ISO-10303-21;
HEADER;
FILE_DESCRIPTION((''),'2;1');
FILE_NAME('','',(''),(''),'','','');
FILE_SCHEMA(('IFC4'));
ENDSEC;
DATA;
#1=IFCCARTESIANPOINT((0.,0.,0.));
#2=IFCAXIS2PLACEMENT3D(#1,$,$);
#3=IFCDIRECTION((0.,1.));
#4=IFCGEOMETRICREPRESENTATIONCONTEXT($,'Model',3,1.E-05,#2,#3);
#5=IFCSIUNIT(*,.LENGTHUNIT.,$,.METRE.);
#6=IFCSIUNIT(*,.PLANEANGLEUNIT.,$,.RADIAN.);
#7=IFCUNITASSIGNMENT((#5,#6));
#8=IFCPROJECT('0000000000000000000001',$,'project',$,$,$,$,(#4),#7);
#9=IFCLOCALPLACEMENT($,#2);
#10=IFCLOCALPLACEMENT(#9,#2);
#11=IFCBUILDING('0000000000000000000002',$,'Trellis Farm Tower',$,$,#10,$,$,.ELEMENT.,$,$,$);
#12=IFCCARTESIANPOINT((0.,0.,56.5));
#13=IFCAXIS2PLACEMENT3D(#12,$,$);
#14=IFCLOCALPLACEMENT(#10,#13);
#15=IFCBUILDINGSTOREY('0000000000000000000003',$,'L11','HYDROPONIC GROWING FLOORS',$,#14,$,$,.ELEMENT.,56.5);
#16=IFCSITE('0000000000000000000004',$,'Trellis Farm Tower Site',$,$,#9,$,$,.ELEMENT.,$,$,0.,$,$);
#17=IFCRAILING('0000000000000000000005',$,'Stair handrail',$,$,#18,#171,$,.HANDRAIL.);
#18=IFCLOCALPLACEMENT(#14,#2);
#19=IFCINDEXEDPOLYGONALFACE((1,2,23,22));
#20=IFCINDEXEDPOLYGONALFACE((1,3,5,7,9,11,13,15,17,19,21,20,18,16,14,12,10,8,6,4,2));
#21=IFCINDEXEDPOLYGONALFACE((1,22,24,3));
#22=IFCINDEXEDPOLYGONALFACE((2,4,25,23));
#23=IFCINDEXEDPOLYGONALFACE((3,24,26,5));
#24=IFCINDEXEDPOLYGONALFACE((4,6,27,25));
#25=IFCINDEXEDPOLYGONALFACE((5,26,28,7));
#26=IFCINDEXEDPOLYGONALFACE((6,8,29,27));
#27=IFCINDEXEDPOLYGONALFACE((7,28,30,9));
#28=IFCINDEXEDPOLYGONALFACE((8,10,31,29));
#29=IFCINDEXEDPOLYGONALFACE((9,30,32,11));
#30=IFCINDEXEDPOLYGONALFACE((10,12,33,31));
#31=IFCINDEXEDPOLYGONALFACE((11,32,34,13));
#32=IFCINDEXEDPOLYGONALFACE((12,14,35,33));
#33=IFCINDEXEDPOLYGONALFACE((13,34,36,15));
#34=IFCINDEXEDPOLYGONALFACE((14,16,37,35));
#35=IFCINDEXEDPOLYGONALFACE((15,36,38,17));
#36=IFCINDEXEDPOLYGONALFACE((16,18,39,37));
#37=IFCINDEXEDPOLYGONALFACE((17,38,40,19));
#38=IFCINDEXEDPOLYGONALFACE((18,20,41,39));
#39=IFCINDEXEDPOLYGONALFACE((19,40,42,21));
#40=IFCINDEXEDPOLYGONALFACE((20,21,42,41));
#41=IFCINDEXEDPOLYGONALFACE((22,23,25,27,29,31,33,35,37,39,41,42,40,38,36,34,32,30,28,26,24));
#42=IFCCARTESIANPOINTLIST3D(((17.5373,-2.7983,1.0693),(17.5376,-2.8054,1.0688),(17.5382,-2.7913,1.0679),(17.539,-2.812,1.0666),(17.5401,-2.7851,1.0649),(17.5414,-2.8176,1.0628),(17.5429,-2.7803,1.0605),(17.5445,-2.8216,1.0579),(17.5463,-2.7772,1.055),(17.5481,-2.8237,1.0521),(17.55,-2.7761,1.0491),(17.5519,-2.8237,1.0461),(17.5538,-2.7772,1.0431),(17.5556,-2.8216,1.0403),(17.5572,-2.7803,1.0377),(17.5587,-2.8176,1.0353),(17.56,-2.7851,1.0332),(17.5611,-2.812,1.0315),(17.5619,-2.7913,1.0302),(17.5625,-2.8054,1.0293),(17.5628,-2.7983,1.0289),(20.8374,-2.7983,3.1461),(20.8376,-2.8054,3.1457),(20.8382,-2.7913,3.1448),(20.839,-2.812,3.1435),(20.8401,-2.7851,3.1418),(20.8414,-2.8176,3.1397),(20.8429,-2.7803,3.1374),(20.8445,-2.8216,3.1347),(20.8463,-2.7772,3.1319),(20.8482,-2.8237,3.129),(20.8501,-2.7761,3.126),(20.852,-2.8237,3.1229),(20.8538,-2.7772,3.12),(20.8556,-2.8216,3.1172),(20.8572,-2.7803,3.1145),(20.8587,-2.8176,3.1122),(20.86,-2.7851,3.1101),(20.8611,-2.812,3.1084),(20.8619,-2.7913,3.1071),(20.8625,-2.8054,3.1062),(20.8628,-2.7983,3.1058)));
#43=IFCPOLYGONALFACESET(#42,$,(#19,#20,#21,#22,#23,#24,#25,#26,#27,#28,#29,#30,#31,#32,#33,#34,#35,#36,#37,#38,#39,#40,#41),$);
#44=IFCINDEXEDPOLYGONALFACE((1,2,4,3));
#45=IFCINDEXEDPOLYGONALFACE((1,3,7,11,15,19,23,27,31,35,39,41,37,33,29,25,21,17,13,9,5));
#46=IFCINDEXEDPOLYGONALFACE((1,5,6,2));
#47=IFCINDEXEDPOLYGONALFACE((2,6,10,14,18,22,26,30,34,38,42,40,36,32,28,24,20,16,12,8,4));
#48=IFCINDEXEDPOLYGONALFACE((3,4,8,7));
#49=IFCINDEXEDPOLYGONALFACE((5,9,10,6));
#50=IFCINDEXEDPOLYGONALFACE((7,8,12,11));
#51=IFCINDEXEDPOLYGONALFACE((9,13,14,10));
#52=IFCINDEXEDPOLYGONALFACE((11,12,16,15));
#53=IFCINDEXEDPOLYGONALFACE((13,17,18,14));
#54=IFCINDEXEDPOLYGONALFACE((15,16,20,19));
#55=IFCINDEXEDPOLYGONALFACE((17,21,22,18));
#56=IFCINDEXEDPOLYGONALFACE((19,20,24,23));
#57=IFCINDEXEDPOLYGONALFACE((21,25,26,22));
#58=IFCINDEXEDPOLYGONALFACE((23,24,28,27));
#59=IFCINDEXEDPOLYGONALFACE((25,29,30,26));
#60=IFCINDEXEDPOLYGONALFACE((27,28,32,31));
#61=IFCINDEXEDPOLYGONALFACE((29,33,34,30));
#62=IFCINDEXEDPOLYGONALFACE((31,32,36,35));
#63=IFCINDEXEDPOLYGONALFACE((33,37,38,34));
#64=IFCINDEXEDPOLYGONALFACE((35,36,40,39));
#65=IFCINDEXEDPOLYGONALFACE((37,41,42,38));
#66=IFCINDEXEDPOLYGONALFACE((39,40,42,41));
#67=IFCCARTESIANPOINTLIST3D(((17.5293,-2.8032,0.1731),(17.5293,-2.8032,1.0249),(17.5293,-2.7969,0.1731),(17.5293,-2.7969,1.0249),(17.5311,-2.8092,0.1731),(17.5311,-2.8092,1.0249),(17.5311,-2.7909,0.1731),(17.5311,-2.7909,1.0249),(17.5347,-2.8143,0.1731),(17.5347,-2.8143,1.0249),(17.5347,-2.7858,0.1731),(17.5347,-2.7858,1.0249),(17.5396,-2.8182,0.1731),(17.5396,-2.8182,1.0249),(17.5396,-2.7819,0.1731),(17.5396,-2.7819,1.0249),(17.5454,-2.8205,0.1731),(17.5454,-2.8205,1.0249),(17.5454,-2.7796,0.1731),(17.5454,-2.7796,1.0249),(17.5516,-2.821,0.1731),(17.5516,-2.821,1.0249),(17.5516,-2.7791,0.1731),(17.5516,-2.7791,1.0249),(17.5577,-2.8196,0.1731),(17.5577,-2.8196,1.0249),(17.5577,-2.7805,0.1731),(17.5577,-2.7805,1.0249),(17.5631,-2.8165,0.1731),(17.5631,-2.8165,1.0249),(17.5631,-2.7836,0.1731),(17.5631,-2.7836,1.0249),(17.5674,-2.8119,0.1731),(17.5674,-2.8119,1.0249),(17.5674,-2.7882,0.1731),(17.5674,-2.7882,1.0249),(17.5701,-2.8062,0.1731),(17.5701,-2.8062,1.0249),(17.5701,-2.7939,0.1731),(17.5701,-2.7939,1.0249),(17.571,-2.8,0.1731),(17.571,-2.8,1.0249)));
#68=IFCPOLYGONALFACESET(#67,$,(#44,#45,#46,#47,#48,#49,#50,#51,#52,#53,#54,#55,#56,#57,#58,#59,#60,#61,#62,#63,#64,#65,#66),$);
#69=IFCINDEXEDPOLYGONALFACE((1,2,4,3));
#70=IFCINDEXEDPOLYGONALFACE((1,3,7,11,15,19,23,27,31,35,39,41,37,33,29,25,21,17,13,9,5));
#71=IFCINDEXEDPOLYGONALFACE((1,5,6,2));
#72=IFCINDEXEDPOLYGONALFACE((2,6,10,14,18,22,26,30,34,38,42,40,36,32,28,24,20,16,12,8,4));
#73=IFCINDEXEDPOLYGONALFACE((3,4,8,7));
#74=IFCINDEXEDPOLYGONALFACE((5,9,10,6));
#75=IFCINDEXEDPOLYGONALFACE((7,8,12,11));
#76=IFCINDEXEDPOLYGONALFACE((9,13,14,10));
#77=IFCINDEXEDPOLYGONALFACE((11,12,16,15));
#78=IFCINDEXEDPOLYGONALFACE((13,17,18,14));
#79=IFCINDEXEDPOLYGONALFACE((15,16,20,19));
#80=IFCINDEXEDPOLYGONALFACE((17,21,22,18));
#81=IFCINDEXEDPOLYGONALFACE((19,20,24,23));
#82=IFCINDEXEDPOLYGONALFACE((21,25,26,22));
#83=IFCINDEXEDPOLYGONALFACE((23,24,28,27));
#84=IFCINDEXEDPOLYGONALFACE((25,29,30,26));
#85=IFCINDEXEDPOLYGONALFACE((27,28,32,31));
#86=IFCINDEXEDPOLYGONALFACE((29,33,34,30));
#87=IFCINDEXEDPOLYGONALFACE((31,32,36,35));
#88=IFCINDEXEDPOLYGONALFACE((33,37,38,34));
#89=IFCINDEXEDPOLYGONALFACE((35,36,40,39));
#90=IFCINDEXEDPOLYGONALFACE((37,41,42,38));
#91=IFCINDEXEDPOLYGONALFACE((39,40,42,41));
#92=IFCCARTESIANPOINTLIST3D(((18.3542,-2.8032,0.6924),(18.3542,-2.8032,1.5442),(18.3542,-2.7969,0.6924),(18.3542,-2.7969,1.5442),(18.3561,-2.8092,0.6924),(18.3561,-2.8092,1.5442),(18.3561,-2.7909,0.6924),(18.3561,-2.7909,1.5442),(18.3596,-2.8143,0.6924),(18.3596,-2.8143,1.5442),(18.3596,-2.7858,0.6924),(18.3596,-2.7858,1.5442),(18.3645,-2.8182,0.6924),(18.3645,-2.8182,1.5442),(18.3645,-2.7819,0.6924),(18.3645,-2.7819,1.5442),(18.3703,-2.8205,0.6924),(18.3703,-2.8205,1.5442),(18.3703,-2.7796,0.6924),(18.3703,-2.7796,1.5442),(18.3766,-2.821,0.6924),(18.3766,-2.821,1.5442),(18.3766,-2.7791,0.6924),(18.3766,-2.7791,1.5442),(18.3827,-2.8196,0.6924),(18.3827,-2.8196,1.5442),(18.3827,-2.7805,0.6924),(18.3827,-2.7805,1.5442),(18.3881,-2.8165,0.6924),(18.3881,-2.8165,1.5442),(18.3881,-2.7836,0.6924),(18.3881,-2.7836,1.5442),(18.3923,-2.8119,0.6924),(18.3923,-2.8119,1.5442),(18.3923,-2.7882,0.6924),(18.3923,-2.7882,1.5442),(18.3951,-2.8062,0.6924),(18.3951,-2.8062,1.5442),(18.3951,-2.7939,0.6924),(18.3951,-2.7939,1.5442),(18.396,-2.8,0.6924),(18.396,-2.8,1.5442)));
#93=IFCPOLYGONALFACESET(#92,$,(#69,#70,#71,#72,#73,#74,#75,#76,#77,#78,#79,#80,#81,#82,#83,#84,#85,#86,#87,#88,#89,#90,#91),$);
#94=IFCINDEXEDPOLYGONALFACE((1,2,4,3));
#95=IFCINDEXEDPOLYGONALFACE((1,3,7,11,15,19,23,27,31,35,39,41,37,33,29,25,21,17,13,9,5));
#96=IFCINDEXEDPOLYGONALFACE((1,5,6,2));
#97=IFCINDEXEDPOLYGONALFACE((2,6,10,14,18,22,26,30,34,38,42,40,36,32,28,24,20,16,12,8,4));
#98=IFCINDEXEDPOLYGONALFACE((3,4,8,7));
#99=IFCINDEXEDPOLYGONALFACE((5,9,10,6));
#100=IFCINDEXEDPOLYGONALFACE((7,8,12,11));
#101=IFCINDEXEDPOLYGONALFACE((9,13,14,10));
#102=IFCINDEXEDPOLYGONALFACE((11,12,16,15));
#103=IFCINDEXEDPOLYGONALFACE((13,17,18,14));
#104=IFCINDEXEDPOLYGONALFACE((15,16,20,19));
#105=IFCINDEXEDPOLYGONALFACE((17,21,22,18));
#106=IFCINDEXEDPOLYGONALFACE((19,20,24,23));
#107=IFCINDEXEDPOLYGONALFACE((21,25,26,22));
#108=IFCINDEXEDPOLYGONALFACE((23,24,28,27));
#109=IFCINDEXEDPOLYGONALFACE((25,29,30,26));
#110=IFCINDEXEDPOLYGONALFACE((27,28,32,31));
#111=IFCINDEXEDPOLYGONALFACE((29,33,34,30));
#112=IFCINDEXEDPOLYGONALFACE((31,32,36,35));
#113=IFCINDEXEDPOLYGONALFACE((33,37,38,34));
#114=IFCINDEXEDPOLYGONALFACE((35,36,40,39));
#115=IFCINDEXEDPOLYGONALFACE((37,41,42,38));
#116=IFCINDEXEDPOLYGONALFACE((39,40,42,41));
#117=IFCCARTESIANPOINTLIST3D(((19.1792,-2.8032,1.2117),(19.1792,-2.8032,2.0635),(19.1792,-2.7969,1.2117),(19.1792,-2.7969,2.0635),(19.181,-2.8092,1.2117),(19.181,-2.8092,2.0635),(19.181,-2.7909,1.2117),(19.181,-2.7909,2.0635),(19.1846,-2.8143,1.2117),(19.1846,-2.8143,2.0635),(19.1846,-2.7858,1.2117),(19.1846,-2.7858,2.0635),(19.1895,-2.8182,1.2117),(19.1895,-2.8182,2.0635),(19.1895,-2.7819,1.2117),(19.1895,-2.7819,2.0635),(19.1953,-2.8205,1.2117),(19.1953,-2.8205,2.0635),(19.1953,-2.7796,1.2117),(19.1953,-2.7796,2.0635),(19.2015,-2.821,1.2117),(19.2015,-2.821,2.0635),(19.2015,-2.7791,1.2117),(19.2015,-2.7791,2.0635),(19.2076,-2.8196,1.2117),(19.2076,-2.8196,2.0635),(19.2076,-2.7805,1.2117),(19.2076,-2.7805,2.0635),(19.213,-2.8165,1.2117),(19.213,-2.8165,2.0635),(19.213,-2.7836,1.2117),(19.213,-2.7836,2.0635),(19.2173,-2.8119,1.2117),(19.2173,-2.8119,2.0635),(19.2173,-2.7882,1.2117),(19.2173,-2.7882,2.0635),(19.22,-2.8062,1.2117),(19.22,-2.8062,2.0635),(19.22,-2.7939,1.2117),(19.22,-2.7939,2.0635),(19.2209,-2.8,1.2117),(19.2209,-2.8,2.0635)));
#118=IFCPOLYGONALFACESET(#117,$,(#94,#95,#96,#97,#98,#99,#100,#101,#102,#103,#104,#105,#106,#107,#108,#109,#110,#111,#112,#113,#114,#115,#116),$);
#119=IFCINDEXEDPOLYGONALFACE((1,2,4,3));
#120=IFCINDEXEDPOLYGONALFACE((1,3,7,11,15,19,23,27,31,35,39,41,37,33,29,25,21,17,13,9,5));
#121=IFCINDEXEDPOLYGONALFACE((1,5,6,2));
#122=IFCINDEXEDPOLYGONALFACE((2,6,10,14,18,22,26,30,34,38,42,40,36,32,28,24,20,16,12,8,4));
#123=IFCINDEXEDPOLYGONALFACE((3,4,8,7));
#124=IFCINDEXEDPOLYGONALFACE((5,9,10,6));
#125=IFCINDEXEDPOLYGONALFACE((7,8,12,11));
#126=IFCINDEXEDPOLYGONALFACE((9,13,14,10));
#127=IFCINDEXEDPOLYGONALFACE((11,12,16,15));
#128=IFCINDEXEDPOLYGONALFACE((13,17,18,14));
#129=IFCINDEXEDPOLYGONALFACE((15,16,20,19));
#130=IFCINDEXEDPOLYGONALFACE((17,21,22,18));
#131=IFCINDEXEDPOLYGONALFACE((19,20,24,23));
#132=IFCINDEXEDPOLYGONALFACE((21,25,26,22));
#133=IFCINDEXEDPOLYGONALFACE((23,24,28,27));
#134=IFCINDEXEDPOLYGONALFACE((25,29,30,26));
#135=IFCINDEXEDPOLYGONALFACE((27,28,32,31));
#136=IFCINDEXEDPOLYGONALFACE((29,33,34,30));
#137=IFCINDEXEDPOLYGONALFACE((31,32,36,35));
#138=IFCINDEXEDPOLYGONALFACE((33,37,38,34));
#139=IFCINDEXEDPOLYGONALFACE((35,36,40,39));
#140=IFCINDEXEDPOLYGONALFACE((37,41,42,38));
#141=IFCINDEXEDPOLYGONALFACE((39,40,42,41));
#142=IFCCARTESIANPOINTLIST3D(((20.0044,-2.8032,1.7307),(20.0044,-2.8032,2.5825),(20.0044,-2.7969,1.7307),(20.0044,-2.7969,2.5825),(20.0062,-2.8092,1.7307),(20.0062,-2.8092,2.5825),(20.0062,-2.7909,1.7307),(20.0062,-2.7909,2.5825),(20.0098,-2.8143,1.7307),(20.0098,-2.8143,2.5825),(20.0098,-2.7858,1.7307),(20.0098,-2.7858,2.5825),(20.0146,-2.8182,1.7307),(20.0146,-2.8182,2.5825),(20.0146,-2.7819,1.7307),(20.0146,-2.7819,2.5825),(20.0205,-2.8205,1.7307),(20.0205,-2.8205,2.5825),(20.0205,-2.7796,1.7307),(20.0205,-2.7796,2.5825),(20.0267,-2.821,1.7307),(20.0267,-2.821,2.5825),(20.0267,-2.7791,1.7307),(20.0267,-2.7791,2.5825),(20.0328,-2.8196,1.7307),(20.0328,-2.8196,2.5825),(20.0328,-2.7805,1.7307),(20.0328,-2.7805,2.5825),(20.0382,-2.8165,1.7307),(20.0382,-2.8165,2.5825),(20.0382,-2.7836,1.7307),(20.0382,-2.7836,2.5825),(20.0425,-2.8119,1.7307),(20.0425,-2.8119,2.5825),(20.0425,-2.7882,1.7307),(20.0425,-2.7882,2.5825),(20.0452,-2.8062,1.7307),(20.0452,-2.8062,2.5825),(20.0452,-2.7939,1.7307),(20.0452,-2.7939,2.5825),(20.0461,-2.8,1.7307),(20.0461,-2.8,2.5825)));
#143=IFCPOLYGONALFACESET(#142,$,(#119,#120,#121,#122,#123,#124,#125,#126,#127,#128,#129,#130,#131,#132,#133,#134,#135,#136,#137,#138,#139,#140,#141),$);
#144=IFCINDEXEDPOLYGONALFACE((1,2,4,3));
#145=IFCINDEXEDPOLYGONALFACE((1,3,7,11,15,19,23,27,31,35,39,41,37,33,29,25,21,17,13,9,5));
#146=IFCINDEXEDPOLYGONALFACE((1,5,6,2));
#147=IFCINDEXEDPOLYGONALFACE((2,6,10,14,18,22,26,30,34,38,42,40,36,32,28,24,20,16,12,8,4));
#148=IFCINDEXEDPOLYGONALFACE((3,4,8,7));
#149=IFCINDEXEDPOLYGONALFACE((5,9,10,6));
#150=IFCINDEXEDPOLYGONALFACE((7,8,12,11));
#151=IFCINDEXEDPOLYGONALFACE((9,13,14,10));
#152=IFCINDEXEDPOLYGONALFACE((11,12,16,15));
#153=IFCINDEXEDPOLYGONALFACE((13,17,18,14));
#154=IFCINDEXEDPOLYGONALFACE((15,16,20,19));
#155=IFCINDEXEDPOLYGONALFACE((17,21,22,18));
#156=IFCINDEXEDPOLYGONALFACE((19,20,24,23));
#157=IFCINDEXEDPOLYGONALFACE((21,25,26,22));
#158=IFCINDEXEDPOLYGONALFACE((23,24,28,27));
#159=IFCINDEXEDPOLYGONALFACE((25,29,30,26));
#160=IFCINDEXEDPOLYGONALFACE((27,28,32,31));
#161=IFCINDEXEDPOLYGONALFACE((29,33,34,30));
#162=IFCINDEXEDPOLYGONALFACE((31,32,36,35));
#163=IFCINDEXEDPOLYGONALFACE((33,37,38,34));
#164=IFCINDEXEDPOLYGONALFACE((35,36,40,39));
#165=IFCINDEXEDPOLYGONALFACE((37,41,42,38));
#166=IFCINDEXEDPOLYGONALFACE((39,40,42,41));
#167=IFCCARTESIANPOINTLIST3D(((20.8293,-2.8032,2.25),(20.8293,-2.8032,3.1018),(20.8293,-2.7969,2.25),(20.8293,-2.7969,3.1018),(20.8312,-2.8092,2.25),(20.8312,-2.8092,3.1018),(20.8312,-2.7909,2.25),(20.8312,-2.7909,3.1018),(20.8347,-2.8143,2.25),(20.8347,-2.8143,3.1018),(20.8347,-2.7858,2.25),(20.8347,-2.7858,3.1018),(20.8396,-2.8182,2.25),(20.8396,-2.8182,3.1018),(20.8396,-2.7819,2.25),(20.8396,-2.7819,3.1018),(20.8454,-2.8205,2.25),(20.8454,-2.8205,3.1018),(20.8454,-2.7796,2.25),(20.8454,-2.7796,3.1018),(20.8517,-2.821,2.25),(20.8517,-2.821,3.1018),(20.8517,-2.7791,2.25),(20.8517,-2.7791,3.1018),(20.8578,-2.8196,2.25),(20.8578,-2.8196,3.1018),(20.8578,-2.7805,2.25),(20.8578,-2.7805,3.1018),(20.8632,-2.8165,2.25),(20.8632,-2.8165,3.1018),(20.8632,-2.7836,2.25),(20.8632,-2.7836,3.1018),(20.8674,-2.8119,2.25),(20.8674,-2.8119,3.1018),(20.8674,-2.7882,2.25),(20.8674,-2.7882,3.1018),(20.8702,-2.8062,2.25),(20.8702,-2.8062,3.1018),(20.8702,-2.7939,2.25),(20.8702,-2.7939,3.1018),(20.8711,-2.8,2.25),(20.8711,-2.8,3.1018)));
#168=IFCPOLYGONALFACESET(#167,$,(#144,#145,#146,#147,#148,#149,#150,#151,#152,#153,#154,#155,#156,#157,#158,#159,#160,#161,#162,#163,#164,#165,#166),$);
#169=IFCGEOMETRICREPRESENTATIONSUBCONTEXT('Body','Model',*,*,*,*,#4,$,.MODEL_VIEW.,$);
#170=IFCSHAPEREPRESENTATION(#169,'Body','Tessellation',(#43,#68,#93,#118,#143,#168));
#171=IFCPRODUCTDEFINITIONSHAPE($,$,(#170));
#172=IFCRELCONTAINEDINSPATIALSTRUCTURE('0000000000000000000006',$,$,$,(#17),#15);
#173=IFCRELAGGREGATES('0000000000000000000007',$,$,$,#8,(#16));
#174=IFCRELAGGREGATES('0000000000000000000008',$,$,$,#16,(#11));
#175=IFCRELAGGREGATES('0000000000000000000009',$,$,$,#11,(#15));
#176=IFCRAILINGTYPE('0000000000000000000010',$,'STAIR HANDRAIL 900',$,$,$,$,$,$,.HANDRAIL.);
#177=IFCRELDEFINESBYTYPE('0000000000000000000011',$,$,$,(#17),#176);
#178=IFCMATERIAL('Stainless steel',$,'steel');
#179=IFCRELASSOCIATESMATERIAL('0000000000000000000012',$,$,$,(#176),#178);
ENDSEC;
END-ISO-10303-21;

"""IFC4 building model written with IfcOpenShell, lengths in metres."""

from ifc_helpers import new_model, si_unit, direction, frame, origin, origin_2d, place, context, subcontext, project, spatial, circle, extrude, source, transform, mapped, material, type_object, element, save


model = new_model("IFC4")

# Units and contexts
model_context = context("Model", 3, precision=1e-05, world=origin(), true_north=direction((0.0, 1.0)))
body_context = subcontext(model_context, "Body", "Model", "MODEL_VIEW")
ifc_project = project(units=[si_unit("LENGTHUNIT", "METRE"), si_unit("PLANEANGLEUNIT", "RADIAN")], contexts=[model_context])

# Site, building, storey
site_placement = place(None, origin())
site = spatial("IfcSite", under=ifc_project, at=site_placement, Name="Trellis Farm Tower Site", CompositionType="ELEMENT", RefElevation=0.0)
building_placement = place(site_placement, origin())
building = spatial("IfcBuilding", under=site, at=building_placement, Name="Trellis Farm Tower", CompositionType="ELEMENT")
storey_placement = place(building_placement, frame((0.0, 0.0, 56.5)))
storey = spatial("IfcBuildingStorey", under=building, at=storey_placement, Name="L11", Description="HYDROPONIC GROWING FLOORS", CompositionType="ELEMENT", Elevation=56.5)

# Shared definitions
ifc_material_1 = material(Name="Stainless steel", Category="steel")

# Railing
railing_type = type_object("IfcRailingType", Name="STAIR HANDRAIL 900", PredefinedType="HANDRAIL", material=ifc_material_1)
shared_shape_1 = source(origin(), body_context, "Body", "SweptSolid", [
    extrude(circle(Radius=0.0239, at=origin_2d()), frame((0.0, 0.0, 0.876), z_axis=(0.846337, 0.0, 0.532647), x_axis=(0.0, 1.0, 0.0)), (0.0, 0.0, 1.0), 3.8992),
    extrude(circle(Radius=0.021, at=origin_2d()), origin(), (0.0, 0.0, 1.0), 0.8518),
    extrude(circle(Radius=0.021, at=origin_2d()), frame((0.825, 0.0, 0.5193)), (0.0, 0.0, 1.0), 0.8518),
    extrude(circle(Radius=0.021, at=origin_2d()), frame((1.6499, 0.0, 1.0386)), (0.0, 0.0, 1.0), 0.8518),
    extrude(circle(Radius=0.021, at=origin_2d()), frame((2.4751, 0.0, 1.5576)), (0.0, 0.0, 1.0), 0.8518),
    extrude(circle(Radius=0.021, at=origin_2d()), frame((3.3, 0.0, 2.0769)), (0.0, 0.0, 1.0), 0.8518),
])
railing_placement = place(storey_placement, frame((17.55, -2.8, 0.1731)))
element("IfcRailing", 1, at=railing_placement, inside=storey, type_object=railing_type, Name="Stair handrail", PredefinedType="HANDRAIL", context=body_context, shape_type="MappedRepresentation", body=[
    mapped(shared_shape_1, transform((0.0, 0.0, 0.0))),
])

save(model, "model.ifc")
